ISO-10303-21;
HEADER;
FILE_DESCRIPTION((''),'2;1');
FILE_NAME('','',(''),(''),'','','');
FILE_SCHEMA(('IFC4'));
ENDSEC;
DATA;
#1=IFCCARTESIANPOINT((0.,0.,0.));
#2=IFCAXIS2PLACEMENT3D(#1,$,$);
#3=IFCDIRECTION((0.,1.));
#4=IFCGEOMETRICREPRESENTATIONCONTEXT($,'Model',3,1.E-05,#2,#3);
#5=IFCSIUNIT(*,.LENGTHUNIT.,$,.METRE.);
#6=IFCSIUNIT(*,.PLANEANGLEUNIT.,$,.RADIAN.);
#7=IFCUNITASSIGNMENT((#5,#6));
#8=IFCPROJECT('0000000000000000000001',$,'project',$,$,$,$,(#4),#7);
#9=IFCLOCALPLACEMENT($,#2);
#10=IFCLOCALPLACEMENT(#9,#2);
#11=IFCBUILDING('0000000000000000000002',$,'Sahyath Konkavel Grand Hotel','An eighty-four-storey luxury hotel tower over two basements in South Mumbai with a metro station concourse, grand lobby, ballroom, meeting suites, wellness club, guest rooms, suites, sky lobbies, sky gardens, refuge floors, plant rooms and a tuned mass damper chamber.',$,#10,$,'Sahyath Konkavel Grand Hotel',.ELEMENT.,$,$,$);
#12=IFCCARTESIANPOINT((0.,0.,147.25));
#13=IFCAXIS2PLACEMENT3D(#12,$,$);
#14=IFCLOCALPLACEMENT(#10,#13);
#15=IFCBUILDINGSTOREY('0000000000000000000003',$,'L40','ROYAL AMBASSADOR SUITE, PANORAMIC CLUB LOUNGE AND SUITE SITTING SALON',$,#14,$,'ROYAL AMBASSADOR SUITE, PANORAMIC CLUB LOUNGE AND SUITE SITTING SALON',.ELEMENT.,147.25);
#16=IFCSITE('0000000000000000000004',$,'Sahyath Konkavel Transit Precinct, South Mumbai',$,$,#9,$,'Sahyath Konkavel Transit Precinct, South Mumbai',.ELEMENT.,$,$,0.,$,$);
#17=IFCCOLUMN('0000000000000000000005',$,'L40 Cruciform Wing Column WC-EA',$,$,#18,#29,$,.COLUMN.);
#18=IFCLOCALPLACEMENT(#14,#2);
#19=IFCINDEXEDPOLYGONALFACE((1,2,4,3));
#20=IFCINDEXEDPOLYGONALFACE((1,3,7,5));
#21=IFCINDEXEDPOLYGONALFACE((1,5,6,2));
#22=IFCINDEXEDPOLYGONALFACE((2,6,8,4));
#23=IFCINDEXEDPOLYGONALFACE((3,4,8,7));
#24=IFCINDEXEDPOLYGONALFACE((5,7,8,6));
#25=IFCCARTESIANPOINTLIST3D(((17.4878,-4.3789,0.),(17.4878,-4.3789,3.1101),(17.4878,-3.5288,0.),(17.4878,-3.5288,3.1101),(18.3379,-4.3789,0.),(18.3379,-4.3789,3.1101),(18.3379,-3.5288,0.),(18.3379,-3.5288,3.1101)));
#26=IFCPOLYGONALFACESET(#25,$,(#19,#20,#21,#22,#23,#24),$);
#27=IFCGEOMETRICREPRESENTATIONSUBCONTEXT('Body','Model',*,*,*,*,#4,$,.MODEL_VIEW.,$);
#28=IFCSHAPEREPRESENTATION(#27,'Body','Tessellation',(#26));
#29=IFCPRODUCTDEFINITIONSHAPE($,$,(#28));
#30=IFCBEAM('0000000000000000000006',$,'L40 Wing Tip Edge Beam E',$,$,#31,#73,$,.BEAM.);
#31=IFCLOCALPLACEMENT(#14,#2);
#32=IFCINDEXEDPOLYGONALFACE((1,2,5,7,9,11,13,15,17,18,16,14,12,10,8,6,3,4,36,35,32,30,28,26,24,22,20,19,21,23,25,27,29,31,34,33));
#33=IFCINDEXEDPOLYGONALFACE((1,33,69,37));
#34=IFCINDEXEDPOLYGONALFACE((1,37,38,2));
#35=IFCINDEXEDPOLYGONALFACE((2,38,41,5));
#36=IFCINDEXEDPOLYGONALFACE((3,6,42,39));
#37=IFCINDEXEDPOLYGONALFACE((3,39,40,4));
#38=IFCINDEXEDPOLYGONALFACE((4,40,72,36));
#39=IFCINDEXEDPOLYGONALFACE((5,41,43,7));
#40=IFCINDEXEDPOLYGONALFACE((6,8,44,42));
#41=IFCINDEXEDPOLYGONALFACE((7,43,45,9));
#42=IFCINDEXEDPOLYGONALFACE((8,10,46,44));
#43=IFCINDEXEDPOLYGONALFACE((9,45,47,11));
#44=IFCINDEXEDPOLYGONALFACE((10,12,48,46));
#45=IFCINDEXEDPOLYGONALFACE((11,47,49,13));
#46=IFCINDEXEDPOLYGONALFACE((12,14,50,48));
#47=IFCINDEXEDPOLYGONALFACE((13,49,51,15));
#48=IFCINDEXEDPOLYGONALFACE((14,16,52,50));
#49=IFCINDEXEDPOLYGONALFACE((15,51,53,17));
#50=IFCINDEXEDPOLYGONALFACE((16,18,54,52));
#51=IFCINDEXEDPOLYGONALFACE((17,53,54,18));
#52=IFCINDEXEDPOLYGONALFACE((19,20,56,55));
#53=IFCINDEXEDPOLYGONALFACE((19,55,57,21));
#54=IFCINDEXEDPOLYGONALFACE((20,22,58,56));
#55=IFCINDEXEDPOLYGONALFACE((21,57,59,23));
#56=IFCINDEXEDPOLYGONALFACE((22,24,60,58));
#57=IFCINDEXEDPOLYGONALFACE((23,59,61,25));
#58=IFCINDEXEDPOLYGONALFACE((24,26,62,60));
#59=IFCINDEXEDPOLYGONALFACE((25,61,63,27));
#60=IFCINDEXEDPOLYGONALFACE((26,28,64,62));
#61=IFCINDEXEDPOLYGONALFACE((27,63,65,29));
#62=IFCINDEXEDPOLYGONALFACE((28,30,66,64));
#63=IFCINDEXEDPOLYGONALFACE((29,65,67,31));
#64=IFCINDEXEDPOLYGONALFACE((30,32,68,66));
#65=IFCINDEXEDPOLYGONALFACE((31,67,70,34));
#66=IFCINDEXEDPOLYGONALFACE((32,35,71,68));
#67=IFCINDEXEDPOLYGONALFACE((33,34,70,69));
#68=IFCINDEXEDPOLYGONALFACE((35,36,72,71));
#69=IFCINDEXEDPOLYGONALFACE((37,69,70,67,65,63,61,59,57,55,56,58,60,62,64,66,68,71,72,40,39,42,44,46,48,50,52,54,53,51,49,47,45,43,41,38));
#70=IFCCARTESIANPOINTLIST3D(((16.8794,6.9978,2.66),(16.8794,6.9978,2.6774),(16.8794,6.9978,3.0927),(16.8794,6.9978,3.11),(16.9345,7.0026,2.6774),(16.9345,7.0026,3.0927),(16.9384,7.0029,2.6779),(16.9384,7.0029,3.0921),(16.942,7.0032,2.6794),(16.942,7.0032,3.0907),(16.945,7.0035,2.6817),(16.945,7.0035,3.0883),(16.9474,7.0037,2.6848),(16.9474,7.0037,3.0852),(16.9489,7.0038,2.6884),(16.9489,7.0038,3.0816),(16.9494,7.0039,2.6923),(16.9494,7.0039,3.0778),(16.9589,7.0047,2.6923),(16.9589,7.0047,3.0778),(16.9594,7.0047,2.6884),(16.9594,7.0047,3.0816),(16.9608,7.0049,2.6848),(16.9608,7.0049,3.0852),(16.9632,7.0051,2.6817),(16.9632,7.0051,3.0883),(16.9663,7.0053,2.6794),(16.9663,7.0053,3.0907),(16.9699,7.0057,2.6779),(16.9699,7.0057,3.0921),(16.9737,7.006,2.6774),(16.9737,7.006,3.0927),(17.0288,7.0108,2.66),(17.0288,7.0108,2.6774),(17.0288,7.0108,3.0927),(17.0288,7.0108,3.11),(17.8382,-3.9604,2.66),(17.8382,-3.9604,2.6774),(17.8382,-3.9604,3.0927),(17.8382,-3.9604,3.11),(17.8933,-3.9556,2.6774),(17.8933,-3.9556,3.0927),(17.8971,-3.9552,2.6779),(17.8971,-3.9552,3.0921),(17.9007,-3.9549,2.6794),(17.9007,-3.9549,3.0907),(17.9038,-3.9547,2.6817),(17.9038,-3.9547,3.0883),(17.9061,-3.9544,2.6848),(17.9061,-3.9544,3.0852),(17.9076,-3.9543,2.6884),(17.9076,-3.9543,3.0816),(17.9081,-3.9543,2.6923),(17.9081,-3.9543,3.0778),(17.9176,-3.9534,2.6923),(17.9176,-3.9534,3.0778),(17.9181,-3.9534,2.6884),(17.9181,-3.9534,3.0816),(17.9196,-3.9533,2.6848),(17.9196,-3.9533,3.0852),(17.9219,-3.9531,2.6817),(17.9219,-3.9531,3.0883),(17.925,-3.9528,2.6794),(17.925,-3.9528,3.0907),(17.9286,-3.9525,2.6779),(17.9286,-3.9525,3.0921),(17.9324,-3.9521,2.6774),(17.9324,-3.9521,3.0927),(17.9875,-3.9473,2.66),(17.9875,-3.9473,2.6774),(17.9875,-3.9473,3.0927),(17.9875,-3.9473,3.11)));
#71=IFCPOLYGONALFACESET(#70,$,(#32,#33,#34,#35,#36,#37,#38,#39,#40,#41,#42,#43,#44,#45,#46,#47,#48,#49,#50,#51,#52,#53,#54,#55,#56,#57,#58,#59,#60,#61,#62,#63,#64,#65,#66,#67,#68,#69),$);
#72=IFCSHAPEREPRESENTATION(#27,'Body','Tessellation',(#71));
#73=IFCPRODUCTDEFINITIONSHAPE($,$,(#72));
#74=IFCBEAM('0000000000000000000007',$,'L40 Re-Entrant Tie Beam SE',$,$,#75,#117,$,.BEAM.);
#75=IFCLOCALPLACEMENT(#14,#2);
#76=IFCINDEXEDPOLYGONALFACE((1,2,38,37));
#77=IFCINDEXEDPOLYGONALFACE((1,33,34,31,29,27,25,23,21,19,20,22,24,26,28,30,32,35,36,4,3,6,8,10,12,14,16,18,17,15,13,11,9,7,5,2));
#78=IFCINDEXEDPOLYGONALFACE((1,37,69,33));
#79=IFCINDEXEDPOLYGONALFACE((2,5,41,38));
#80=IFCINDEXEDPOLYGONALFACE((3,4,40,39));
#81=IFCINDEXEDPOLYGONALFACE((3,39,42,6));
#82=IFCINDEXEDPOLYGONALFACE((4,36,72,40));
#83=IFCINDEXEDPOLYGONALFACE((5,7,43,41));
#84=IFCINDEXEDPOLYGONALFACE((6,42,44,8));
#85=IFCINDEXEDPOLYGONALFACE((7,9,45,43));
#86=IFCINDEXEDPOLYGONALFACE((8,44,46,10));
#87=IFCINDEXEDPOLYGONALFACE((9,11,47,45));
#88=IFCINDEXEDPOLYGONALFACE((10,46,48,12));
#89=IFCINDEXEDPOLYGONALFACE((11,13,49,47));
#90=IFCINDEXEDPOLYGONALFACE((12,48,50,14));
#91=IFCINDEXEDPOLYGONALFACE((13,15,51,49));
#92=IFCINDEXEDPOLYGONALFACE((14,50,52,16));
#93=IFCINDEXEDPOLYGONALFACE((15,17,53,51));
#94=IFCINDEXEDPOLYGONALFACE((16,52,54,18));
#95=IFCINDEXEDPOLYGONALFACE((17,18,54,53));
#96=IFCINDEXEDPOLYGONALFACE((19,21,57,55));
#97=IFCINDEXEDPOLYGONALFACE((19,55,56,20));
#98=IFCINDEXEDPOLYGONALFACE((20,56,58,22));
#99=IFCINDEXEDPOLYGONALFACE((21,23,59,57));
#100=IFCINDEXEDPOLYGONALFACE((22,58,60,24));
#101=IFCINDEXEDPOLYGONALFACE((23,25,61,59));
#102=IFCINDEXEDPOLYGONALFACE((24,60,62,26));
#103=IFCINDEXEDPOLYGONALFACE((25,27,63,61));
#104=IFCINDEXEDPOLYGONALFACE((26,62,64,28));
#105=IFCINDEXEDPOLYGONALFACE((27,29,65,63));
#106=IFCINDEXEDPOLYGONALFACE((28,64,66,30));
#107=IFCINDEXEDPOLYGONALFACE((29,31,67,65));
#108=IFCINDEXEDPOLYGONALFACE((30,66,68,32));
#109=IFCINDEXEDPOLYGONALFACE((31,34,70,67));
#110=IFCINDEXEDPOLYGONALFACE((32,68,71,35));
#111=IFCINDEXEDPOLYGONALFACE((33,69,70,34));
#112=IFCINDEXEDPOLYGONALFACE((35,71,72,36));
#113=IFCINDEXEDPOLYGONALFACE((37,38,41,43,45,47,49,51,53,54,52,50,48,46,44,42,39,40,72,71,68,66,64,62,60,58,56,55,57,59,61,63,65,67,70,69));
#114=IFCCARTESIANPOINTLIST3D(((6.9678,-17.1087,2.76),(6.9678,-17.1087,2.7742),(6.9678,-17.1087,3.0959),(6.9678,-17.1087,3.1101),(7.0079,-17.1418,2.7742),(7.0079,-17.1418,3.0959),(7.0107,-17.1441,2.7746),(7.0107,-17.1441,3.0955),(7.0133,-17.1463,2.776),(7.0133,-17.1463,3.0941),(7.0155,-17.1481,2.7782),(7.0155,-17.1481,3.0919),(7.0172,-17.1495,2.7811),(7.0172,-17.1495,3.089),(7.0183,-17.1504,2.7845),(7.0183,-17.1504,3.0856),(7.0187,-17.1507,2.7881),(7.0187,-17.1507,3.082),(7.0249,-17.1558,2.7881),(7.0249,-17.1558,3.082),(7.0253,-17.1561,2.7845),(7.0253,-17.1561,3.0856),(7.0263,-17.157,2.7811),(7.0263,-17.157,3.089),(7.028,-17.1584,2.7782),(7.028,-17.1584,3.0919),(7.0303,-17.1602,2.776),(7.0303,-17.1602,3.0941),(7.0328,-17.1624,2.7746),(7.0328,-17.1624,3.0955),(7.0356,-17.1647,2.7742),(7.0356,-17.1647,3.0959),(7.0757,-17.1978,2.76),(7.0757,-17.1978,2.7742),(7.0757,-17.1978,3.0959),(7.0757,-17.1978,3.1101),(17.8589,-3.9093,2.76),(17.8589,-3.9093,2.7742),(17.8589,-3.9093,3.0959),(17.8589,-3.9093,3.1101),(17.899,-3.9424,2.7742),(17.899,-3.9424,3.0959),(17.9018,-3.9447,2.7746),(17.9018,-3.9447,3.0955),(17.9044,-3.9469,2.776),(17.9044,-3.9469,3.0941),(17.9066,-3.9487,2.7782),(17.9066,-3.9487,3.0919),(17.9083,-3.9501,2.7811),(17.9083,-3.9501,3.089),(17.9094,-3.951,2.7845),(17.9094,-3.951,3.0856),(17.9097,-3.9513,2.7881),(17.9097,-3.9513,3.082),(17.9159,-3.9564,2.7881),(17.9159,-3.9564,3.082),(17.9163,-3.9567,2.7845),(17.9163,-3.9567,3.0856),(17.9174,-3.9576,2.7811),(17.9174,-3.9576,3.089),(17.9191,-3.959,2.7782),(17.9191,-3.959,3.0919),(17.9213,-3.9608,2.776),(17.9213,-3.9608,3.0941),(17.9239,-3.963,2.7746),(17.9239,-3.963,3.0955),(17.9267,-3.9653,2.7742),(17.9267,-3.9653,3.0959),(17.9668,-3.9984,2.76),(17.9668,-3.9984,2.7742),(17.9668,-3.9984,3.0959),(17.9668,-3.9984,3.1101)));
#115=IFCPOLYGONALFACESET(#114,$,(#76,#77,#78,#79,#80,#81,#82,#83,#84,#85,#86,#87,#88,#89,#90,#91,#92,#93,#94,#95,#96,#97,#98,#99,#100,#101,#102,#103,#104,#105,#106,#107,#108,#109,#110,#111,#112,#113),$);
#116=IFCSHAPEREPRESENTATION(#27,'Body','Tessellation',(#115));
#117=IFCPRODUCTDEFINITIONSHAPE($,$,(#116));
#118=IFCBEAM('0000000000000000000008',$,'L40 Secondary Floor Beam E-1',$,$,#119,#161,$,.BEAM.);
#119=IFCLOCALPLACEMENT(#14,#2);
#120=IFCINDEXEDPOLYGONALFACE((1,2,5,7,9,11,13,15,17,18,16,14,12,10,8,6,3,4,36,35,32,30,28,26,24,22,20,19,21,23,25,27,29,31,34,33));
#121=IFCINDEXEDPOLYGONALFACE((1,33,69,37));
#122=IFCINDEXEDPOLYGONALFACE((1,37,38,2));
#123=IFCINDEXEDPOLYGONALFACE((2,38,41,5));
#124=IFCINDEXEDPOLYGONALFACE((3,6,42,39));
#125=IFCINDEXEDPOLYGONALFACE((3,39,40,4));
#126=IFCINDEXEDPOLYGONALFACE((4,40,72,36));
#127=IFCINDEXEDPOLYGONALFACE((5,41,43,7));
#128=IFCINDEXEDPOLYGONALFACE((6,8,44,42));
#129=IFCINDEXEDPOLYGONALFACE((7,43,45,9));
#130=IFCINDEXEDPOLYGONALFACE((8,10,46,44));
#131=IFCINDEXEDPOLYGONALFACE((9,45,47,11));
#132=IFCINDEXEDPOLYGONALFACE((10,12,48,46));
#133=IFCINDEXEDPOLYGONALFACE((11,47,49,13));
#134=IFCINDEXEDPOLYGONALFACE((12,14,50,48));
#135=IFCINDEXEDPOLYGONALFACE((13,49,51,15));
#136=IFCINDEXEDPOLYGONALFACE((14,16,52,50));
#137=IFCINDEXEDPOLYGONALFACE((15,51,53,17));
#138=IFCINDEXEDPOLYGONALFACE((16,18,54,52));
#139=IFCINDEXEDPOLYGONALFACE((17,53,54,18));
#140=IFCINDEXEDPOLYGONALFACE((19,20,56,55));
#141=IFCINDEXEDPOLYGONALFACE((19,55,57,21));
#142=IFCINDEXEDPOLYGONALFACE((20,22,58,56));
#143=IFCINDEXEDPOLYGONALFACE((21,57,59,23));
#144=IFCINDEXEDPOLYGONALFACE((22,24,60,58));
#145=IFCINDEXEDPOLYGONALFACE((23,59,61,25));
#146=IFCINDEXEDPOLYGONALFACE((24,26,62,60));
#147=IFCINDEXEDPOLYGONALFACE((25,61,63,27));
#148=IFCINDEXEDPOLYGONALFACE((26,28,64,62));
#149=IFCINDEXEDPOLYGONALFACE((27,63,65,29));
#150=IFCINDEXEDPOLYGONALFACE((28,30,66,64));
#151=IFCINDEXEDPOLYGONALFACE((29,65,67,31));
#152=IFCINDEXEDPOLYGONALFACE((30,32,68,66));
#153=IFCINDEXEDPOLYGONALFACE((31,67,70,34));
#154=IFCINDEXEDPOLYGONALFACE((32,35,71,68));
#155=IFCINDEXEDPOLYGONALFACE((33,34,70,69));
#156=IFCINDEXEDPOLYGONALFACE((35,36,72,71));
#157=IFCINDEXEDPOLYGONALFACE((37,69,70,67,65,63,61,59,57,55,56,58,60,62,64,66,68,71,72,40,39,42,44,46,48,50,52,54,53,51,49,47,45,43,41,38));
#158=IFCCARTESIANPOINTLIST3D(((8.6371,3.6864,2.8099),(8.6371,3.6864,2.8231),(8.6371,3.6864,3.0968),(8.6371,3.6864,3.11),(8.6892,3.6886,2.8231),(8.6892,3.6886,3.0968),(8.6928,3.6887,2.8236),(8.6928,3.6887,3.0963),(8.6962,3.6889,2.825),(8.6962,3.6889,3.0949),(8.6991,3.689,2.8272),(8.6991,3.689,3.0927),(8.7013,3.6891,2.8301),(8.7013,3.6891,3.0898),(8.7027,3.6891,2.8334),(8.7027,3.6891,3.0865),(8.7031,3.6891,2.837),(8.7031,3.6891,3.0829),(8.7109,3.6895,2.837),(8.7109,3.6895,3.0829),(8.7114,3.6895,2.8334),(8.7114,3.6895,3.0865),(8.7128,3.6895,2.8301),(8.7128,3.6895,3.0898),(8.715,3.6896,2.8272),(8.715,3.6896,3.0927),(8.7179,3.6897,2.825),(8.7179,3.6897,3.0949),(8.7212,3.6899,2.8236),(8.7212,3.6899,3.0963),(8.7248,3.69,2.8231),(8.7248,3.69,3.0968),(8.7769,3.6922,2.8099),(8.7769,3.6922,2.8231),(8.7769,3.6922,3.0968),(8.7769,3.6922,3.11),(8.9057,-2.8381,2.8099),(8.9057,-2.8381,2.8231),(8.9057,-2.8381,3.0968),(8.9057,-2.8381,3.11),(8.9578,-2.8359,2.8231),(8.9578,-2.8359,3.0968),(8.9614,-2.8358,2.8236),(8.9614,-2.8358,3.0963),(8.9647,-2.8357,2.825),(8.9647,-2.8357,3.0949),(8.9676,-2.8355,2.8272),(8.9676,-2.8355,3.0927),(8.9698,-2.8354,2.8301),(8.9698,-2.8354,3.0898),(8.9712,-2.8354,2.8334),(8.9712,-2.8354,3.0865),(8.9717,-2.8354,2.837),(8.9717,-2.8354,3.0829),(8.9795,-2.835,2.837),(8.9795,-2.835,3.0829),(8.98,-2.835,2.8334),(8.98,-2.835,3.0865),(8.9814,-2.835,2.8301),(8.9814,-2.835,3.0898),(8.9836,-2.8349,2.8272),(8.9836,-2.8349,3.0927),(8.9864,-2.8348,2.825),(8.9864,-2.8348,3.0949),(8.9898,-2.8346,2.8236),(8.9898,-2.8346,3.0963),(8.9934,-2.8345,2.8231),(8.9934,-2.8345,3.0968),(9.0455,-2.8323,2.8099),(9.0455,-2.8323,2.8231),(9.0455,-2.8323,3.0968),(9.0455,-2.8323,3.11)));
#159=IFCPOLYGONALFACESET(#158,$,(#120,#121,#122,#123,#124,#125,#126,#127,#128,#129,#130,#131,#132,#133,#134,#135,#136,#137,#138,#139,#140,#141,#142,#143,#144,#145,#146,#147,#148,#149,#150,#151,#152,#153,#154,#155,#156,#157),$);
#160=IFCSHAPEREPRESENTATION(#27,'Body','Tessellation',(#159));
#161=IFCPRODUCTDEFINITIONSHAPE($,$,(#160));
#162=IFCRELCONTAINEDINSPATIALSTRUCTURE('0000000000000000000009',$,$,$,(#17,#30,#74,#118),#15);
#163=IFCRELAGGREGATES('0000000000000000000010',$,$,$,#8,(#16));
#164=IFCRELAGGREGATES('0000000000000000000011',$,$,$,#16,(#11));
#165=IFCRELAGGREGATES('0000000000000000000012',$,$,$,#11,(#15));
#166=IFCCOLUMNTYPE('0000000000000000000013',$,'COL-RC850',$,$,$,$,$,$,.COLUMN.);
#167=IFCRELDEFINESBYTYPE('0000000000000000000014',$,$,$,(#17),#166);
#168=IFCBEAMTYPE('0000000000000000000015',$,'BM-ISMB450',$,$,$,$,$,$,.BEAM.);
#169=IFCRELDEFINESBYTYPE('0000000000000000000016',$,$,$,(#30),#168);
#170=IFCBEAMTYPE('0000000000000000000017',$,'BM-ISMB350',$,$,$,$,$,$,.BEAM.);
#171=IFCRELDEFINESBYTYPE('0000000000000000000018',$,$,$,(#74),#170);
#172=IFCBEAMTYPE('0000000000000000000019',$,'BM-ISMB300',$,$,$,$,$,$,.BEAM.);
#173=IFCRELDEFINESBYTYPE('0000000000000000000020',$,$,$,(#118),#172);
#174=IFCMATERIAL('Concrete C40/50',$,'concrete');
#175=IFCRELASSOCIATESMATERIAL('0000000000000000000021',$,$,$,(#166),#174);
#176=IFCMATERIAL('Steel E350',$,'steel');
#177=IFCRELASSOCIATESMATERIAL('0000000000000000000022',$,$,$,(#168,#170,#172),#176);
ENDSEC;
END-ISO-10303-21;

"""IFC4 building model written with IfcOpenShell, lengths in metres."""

from ifc_helpers import new_model, si_unit, direction, frame, origin, origin_2d, place, context, subcontext, project, spatial, rectangle, i_section, extrude, source, transform, mapped, material, material_profile, profile_set, type_object, element, save


model = new_model("IFC4")

# Units and contexts
model_context = context("Model", 3, precision=1e-05, world=origin(), true_north=direction((0.0, 1.0)))
body_context = subcontext(model_context, "Body", "Model", "MODEL_VIEW")
ifc_project = project(units=[si_unit("LENGTHUNIT", "METRE"), si_unit("PLANEANGLEUNIT", "RADIAN")], contexts=[model_context])

# Site, building, storey
site_placement = place(None, origin())
site = spatial("IfcSite", under=ifc_project, at=site_placement, Name="Sahyath Konkavel Transit Precinct, South Mumbai", LongName="Sahyath Konkavel Transit Precinct, South Mumbai", CompositionType="ELEMENT", RefElevation=0.0)
building_placement = place(site_placement, origin())
building = spatial("IfcBuilding", under=site, at=building_placement, Name="Sahyath Konkavel Grand Hotel", Description="An eighty-four-storey luxury hotel tower over two basements in South Mumbai with a metro station concourse, grand lobby, ballroom, meeting suites, wellness club, guest rooms, suites, sky lobbies, sky gardens, refuge floors, plant rooms and a tuned mass damper chamber.", LongName="Sahyath Konkavel Grand Hotel", CompositionType="ELEMENT")
storey_placement = place(building_placement, frame((0.0, 0.0, 147.25)))
storey = spatial("IfcBuildingStorey", under=building, at=storey_placement, Name="L40", Description="ROYAL AMBASSADOR SUITE, PANORAMIC CLUB LOUNGE AND SUITE SITTING SALON", LongName="ROYAL AMBASSADOR SUITE, PANORAMIC CLUB LOUNGE AND SUITE SITTING SALON", CompositionType="ELEMENT", Elevation=147.25)

# Column
ifc_material_1 = material(Name="Concrete C40/50", Category="concrete")
ifc_material_profile_1 = material_profile(ifc_material_1, rectangle(XDim=0.8501, YDim=0.8501, at=origin_2d()), Name="RC 850x850")
ifc_profile_set_1 = profile_set([ifc_material_profile_1], Name="Concrete C40/50")
column_type = type_object("IfcColumnType", Name="COL-RC850", PredefinedType="COLUMN", material=ifc_profile_set_1)
shared_shape_1 = source(origin(), body_context, "Body", "SweptSolid", [
    extrude(rectangle(XDim=0.8501, YDim=0.8501, at=origin_2d()), origin(), (0.0, 0.0, 1.0), 3.1101),
])
column_placement = place(storey_placement, frame((17.9128, -3.9539, 0.0), z_axis=(0.0, 0.0, 1.0), x_axis=(1.0, 0.0, 0.0)))
element("IfcColumn", 1, at=column_placement, inside=storey, type_object=column_type, Name="L40 Cruciform Wing Column WC-EA", PredefinedType="COLUMN", context=body_context, shape_type="MappedRepresentation", body=[
    mapped(shared_shape_1, transform((0.0, 0.0, 0.0), scale=1.0)),
])

# Beams
ifc_material_2 = material(Name="Steel E350", Category="steel")
ifc_material_profile_2 = material_profile(ifc_material_2, i_section(OverallWidth=0.1499, OverallDepth=0.45, WebThickness=0.0095, FlangeThickness=0.0173, FilletRadius=0.0149, at=origin_2d()), Name="ISMB 450")
ifc_profile_set_2 = profile_set([ifc_material_profile_2], Name="Steel E350")
beam_type_1 = type_object("IfcBeamType", Name="BM-ISMB450", PredefinedType="BEAM", material=ifc_profile_set_2)
shared_shape_2 = source(origin(), body_context, "Body", "SweptSolid", [
    extrude(i_section(OverallWidth=0.1499, OverallDepth=0.45, WebThickness=0.0095, FlangeThickness=0.0173, FilletRadius=0.0149, at=origin_2d()), origin(), (0.0, 0.0, 1.0), 11.0),
])
beam_1_placement = place(storey_placement, frame((17.9128, -3.9539, 2.885), z_axis=(-0.087157, 0.996195, 0.0), x_axis=(-0.996195, -0.087157, 0.0)))
element("IfcBeam", 2, at=beam_1_placement, inside=storey, type_object=beam_type_1, Name="L40 Wing Tip Edge Beam E", PredefinedType="BEAM", context=body_context, shape_type="MappedRepresentation", body=[
    mapped(shared_shape_2, transform((0.0, 0.0, 0.0), scale=1.0)),
])
ifc_material_profile_3 = material_profile(ifc_material_2, i_section(OverallWidth=0.1399, OverallDepth=0.3501, WebThickness=0.0081, FlangeThickness=0.0142, FilletRadius=0.0139, at=origin_2d()), Name="ISMB 350")
ifc_profile_set_3 = profile_set([ifc_material_profile_3], Name="Steel E350")
beam_type_2 = type_object("IfcBeamType", Name="BM-ISMB350", PredefinedType="BEAM", material=ifc_profile_set_3)
shared_shape_3 = source(origin(), body_context, "Body", "SweptSolid", [
    extrude(i_section(OverallWidth=0.1399, OverallDepth=0.3501, WebThickness=0.0081, FlangeThickness=0.0142, FilletRadius=0.0139, at=origin_2d()), origin(), (0.0, 0.0, 1.0), 17.1125),
])
beam_2_placement = place(storey_placement, frame((17.9128, -3.9539, 2.9351), z_axis=(-0.636437, -0.771329, 0.0), x_axis=(0.771329, -0.636437, 0.0)))
element("IfcBeam", 3, at=beam_2_placement, inside=storey, type_object=beam_type_2, Name="L40 Re-Entrant Tie Beam SE", PredefinedType="BEAM", context=body_context, shape_type="MappedRepresentation", body=[
    mapped(shared_shape_3, transform((0.0, 0.0, 0.0), scale=1.0)),
])
ifc_material_profile_4 = material_profile(ifc_material_2, i_section(OverallWidth=0.1399, OverallDepth=0.3, WebThickness=0.0078, FlangeThickness=0.0132, FilletRadius=0.0139, at=origin_2d()), Name="ISMB 300")
ifc_profile_set_4 = profile_set([ifc_material_profile_4], Name="Steel E350")
beam_type_3 = type_object("IfcBeamType", Name="BM-ISMB300", PredefinedType="BEAM", material=ifc_profile_set_4)
shared_shape_4 = source(origin(), body_context, "Body", "SweptSolid", [
    extrude(i_section(OverallWidth=0.1399, OverallDepth=0.3, WebThickness=0.0078, FlangeThickness=0.0132, FilletRadius=0.0139, at=origin_2d()), origin(), (0.0, 0.0, 1.0), 6.53),
])
beam_3_placement = place(storey_placement, frame((8.9756, -2.8352, 2.96), z_axis=(-0.041127, 0.999154, 0.0), x_axis=(-0.999154, -0.041127, 0.0)))
element("IfcBeam", 4, at=beam_3_placement, inside=storey, type_object=beam_type_3, Name="L40 Secondary Floor Beam E-1", PredefinedType="BEAM", context=body_context, shape_type="MappedRepresentation", body=[
    mapped(shared_shape_4, transform((0.0, 0.0, 0.0), scale=1.0)),
])

save(model, "model.ifc")
